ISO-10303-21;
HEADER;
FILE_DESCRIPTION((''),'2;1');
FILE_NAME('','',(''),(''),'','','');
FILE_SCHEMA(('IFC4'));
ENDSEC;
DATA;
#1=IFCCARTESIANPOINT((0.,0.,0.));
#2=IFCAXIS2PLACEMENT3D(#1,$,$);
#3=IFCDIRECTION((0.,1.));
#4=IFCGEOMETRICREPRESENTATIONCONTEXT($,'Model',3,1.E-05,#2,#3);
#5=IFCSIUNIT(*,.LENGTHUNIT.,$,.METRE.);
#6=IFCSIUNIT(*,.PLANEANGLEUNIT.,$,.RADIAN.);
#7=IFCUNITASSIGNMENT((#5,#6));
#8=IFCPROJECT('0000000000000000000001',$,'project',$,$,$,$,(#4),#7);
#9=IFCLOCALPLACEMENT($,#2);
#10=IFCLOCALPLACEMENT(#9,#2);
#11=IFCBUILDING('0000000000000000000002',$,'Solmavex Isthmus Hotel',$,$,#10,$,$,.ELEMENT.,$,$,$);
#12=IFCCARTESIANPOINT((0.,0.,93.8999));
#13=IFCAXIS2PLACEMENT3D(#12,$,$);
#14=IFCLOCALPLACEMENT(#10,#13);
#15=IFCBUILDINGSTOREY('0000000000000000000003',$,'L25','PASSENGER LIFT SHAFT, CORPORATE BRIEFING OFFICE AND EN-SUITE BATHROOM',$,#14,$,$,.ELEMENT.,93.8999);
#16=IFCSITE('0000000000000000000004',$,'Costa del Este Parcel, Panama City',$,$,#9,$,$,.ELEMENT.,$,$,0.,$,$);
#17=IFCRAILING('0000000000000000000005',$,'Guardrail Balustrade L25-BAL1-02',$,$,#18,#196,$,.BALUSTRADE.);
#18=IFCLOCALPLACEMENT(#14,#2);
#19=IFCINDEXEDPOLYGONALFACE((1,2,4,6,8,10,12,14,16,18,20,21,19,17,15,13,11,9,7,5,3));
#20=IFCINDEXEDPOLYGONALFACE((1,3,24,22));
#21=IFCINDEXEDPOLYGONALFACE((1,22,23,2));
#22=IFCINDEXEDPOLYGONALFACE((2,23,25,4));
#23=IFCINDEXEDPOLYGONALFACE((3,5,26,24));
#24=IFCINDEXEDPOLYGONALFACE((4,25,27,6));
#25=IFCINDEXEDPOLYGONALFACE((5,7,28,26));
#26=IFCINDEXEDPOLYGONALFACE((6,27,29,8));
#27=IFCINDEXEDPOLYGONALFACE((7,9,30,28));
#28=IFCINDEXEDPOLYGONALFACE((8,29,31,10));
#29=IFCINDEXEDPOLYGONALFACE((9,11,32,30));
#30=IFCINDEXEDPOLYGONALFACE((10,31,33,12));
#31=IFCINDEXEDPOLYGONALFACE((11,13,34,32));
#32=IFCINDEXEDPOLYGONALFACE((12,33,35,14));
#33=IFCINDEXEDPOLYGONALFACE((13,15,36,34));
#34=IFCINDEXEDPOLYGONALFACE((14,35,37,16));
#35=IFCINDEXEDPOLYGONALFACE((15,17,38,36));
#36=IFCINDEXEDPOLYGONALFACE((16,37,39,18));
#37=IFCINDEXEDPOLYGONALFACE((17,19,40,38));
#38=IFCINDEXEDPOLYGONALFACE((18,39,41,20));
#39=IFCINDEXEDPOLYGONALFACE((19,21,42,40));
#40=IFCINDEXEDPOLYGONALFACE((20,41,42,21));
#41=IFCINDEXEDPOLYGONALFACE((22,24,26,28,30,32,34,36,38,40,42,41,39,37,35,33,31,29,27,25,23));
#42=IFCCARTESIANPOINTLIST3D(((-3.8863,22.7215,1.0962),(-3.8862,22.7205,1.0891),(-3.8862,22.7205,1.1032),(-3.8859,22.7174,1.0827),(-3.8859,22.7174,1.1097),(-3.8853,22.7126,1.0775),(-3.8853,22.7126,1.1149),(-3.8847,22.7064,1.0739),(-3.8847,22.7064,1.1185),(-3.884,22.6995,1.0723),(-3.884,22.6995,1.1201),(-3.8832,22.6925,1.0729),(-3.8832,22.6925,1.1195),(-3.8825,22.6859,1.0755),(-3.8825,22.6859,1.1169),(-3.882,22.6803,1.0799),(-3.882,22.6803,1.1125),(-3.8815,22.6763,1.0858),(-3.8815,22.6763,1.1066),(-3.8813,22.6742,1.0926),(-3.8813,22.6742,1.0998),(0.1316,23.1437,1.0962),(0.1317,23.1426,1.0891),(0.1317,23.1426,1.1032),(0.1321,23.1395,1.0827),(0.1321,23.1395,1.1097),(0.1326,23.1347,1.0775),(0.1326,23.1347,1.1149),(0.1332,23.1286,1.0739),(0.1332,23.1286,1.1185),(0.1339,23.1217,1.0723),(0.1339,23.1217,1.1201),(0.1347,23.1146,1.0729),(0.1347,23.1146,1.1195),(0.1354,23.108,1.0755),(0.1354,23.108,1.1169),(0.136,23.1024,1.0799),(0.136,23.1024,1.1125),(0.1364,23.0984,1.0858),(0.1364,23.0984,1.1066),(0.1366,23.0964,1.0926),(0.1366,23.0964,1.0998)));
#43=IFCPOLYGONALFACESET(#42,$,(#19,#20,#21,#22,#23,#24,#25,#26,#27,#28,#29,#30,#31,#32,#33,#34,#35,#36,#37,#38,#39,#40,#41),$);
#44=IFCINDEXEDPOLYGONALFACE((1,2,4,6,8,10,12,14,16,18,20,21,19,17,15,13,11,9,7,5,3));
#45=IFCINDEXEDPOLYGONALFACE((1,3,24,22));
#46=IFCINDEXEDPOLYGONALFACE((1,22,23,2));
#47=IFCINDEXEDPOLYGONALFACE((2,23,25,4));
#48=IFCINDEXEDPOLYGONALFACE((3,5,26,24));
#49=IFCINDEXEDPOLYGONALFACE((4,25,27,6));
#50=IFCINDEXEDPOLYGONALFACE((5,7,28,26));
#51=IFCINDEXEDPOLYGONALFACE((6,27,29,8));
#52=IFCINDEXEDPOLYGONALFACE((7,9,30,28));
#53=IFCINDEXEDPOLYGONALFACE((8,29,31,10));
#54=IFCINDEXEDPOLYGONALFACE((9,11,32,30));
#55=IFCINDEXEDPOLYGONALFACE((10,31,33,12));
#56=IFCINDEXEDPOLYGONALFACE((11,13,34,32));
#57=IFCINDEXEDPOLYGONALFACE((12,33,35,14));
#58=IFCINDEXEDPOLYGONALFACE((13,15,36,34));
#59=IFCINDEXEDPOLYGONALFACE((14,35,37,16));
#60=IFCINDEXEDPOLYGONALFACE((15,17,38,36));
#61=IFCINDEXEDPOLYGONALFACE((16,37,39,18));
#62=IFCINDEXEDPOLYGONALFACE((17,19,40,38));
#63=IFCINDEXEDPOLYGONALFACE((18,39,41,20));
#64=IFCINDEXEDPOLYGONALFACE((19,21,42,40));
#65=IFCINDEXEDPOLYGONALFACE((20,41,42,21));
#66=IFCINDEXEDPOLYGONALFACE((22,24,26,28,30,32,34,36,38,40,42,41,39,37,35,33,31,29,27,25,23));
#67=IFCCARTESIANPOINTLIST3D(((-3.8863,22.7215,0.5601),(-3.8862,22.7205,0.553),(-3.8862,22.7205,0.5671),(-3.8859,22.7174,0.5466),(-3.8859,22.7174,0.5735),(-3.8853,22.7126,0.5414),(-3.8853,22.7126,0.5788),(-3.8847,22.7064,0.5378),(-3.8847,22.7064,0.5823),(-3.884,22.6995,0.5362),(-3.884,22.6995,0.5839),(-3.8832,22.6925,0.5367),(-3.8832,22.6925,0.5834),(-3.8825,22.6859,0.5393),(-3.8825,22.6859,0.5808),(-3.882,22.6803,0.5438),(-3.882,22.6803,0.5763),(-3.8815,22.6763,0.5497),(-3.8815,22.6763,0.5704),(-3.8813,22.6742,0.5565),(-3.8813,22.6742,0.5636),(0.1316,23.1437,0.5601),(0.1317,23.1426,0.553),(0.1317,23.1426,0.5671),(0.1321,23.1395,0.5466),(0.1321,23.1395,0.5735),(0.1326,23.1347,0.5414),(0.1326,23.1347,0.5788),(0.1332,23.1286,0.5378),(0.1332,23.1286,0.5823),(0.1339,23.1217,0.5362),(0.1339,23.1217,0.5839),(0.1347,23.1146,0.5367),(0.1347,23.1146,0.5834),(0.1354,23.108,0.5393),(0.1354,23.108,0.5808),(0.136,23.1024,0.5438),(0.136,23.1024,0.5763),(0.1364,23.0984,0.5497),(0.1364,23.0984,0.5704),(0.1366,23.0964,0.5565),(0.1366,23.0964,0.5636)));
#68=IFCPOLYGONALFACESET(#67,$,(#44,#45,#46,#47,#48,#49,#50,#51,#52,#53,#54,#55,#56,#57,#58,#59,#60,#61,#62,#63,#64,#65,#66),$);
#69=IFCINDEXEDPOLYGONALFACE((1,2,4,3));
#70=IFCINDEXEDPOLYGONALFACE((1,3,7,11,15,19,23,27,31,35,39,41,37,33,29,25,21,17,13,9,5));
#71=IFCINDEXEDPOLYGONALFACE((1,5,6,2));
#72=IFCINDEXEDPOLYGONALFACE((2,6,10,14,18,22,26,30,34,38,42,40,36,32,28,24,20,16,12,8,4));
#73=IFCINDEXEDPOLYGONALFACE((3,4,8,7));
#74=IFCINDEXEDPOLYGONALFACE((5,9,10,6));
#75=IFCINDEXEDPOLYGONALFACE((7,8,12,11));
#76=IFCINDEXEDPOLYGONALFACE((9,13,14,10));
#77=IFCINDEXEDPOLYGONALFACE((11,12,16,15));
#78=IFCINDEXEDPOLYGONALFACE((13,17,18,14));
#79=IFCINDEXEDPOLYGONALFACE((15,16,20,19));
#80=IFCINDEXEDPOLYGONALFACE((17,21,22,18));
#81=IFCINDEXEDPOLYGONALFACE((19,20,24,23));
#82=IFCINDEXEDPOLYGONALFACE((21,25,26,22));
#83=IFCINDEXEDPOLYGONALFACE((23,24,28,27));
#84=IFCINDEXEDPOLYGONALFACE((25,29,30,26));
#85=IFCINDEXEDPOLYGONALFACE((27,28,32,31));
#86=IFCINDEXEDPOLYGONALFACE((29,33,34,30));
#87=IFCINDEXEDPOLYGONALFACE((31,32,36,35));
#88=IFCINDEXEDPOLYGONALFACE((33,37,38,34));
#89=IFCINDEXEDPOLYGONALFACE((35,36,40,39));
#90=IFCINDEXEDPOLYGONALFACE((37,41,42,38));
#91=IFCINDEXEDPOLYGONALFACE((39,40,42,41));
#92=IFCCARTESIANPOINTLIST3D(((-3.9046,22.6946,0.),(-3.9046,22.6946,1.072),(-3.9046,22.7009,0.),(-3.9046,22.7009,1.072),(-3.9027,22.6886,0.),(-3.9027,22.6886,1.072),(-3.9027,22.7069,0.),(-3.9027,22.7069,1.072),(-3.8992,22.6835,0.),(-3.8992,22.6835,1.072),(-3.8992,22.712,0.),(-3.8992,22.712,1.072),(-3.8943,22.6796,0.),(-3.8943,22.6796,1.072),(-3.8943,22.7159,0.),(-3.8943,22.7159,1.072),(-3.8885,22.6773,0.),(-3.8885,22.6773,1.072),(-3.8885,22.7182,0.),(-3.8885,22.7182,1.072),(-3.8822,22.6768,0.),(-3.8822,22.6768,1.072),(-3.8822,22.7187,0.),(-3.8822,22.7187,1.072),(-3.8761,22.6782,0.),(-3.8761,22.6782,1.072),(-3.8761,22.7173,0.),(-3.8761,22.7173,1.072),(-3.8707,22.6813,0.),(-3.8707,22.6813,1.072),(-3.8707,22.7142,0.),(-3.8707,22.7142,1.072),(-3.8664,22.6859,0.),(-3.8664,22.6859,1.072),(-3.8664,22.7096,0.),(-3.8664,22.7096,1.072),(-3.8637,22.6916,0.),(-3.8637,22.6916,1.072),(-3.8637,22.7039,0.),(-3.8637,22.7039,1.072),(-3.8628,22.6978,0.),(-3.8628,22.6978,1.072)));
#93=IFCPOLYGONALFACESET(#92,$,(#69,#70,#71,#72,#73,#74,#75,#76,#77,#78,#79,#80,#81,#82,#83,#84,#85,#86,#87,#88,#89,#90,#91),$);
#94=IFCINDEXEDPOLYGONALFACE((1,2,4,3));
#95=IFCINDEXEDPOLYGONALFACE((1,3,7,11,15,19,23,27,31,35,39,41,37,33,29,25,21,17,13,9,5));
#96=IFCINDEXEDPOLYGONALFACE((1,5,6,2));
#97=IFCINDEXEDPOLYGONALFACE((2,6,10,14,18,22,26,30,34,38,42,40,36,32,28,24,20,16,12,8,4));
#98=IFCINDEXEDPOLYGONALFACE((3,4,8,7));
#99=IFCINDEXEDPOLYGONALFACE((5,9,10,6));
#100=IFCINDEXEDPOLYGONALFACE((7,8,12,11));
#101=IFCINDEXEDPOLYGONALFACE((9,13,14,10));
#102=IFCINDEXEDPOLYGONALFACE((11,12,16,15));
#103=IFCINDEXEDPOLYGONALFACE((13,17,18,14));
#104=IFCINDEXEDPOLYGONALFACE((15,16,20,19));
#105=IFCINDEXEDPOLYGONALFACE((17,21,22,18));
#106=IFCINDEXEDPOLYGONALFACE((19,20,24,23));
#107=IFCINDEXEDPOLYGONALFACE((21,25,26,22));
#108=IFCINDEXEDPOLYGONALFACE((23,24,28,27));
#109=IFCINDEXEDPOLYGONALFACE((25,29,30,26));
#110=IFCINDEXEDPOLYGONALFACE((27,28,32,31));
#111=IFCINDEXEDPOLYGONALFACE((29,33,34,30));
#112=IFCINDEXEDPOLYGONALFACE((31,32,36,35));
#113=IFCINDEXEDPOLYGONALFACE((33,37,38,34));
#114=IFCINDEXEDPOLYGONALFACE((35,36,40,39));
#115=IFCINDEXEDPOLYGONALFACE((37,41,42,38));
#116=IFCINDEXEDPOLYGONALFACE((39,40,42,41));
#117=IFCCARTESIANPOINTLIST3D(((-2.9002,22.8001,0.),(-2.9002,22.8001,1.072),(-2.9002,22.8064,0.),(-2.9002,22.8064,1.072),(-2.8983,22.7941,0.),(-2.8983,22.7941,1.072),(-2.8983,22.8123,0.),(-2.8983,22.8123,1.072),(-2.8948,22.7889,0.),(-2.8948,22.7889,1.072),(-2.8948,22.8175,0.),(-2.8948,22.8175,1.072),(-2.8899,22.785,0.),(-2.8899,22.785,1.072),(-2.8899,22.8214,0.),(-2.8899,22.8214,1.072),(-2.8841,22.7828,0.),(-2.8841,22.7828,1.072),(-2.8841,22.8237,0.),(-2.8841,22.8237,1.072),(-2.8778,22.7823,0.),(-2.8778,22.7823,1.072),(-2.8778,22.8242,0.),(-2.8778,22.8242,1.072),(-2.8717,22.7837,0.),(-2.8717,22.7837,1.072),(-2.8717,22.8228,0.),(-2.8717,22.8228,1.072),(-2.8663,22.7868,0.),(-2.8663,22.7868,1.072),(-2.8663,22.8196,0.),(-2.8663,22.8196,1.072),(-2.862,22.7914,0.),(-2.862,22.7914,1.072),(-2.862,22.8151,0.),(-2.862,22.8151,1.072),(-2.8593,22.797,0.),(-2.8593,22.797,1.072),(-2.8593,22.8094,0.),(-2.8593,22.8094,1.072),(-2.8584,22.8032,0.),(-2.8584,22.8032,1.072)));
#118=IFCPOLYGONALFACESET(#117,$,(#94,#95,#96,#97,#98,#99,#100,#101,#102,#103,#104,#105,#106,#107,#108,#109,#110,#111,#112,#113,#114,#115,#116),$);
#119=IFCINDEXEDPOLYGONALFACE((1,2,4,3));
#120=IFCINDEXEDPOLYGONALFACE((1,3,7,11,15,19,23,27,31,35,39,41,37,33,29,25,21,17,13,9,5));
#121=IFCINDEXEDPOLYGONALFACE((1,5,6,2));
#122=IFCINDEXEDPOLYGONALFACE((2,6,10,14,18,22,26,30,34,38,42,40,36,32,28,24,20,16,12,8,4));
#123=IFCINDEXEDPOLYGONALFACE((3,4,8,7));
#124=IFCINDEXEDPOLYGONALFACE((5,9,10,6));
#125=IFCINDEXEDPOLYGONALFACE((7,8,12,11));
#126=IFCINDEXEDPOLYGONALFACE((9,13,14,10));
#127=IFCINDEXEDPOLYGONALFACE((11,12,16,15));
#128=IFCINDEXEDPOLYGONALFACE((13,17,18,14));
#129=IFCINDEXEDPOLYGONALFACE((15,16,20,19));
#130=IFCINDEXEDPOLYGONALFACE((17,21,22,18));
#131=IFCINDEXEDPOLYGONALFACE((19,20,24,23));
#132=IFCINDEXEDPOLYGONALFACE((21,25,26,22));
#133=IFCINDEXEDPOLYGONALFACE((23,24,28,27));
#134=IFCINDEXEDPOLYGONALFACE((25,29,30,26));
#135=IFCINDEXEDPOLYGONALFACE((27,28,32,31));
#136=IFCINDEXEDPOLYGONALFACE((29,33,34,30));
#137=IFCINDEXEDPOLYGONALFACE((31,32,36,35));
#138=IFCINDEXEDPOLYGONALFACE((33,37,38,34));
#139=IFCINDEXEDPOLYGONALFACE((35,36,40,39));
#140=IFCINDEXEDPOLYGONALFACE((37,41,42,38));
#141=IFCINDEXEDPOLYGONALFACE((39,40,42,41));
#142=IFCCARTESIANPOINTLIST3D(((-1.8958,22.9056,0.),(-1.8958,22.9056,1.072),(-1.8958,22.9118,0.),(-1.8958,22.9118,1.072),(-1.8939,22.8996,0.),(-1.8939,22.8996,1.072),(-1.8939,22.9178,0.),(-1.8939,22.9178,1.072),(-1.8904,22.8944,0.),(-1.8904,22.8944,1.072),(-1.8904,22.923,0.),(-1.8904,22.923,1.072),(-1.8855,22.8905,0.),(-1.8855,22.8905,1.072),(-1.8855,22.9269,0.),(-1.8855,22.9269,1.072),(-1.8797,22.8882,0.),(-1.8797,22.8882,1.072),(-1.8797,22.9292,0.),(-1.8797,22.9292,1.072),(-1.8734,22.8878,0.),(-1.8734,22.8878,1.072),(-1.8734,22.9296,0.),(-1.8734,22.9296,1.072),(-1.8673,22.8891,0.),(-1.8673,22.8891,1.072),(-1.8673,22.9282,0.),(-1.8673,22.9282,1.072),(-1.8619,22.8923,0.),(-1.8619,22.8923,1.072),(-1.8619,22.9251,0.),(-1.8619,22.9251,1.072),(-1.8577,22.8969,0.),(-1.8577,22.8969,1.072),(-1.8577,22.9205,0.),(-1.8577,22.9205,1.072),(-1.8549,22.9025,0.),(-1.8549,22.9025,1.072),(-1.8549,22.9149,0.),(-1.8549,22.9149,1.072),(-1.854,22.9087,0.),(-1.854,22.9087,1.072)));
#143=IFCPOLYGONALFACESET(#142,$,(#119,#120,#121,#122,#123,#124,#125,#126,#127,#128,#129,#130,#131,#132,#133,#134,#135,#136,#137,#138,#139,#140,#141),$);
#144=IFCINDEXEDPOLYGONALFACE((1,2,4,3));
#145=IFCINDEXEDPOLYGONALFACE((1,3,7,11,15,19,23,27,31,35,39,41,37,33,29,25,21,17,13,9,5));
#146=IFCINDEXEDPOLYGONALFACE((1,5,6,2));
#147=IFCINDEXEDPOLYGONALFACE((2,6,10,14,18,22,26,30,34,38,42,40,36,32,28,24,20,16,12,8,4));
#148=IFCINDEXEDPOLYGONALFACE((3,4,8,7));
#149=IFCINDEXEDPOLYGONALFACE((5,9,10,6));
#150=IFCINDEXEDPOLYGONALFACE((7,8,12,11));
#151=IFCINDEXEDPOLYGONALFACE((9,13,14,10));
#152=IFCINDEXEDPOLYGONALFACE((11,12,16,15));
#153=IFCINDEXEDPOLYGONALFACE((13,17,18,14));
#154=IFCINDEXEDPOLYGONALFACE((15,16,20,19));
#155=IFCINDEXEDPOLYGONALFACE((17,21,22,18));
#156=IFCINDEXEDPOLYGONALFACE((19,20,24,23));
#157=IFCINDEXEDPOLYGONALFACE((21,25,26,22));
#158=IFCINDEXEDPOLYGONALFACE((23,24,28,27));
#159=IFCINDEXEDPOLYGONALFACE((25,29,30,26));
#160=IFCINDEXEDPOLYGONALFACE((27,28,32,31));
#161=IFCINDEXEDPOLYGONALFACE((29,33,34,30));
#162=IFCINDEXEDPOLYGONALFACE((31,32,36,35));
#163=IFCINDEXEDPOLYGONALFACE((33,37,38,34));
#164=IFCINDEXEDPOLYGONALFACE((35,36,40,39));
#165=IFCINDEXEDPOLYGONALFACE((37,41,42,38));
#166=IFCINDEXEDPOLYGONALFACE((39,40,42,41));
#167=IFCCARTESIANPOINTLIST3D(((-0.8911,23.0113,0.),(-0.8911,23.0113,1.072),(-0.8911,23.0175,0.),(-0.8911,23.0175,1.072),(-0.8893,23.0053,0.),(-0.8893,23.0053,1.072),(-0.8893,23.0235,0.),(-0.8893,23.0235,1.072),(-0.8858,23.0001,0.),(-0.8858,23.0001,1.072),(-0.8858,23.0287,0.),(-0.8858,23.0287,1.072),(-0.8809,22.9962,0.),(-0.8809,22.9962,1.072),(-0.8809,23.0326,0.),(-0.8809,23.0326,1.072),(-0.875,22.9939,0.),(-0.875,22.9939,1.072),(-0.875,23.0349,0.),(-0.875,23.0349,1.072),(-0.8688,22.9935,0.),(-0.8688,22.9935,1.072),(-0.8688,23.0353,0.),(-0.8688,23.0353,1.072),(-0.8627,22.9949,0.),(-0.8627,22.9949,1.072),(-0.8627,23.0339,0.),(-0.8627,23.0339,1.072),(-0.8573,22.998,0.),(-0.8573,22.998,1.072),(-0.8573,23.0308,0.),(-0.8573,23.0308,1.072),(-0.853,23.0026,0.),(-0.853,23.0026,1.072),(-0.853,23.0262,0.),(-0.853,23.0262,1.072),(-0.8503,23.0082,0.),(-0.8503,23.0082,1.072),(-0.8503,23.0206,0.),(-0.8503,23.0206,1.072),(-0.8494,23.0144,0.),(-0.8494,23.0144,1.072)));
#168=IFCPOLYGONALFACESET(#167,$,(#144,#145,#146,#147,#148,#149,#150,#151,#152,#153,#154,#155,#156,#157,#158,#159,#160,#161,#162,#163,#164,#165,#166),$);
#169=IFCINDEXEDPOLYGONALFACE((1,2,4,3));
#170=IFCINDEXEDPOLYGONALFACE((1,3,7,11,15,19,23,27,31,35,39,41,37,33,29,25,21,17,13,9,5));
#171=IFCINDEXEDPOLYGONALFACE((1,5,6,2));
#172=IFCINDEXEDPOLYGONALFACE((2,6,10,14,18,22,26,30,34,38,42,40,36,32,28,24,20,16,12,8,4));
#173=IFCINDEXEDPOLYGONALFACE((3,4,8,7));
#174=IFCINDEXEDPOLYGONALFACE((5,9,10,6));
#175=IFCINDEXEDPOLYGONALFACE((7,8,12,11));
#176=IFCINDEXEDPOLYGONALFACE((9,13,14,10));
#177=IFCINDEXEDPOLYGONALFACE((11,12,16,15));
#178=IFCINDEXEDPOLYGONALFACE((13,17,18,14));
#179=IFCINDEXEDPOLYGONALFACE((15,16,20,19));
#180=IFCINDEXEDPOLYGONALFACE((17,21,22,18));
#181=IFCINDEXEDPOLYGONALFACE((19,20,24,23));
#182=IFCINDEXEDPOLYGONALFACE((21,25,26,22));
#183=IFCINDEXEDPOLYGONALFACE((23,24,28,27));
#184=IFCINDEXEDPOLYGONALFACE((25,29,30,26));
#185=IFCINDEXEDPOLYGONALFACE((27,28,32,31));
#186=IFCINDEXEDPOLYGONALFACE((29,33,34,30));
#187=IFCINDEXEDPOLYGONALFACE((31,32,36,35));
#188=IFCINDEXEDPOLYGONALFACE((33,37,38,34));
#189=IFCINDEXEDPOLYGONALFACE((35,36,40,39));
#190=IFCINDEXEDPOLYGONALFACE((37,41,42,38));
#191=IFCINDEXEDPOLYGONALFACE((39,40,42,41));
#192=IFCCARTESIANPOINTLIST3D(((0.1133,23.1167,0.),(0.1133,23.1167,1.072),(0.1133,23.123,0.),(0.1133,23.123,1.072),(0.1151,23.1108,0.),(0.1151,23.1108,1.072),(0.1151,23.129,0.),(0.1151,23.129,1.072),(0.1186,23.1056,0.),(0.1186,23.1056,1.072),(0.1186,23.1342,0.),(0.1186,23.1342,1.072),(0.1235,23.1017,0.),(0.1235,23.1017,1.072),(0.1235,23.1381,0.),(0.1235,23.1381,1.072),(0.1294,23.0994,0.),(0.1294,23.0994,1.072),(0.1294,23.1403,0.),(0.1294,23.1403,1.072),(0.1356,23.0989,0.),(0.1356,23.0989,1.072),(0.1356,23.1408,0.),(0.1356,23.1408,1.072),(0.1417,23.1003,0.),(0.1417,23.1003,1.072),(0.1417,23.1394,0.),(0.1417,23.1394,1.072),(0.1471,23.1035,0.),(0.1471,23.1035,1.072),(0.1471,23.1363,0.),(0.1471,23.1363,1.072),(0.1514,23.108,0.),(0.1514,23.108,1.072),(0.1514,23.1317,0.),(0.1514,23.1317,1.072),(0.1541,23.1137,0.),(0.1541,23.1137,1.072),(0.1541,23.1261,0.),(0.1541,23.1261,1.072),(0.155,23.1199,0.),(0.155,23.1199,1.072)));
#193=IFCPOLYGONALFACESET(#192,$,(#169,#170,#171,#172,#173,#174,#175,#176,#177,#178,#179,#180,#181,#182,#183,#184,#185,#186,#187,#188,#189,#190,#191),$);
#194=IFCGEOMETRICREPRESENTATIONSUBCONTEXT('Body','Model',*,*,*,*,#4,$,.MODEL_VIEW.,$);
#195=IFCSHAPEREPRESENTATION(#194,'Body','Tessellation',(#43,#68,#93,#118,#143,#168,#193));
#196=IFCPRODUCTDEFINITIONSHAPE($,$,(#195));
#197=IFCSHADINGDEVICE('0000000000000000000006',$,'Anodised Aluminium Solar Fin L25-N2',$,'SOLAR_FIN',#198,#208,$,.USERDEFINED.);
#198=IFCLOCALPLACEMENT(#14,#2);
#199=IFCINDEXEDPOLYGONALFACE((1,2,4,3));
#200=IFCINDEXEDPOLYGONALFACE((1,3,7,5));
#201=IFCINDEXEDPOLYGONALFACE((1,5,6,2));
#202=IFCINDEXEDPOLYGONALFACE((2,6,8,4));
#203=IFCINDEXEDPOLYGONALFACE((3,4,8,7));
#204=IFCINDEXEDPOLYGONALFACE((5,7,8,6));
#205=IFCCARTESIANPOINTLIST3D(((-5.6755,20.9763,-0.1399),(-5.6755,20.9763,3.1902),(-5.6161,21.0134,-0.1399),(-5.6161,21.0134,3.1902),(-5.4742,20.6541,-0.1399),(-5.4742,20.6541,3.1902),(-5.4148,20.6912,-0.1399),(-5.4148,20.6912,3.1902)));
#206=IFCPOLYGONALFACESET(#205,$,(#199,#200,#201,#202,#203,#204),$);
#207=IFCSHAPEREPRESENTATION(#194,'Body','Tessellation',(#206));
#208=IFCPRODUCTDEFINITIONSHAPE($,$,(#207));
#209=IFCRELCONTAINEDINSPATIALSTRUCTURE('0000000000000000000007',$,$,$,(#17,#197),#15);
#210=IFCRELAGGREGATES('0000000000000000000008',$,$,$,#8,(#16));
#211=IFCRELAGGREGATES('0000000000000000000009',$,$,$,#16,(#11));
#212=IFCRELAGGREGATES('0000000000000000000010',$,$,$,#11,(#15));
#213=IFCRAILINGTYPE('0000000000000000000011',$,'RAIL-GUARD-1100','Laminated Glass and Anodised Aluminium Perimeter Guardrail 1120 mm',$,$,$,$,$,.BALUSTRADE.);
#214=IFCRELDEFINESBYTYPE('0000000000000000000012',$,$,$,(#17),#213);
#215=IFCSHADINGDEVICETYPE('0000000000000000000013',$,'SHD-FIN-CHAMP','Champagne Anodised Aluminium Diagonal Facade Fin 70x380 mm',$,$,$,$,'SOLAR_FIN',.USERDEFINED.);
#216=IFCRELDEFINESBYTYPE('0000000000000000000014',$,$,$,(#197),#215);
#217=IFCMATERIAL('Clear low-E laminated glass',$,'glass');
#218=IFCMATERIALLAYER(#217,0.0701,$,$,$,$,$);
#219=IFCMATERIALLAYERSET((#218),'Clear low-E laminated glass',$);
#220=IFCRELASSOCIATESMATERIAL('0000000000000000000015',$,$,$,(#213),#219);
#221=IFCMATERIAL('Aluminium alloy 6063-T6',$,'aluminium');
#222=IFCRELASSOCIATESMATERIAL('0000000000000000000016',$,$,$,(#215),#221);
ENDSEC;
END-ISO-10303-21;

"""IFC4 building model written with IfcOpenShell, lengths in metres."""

from ifc_helpers import new_model, si_unit, direction, frame, origin, origin_2d, place, context, subcontext, project, spatial, rectangle, circle, extrude, material, layer, layer_set, type_object, element, save


model = new_model("IFC4")

# Units and contexts
model_context = context("Model", 3, precision=1e-05, world=origin(), true_north=direction((0.0, 1.0)))
body_context = subcontext(model_context, "Body", "Model", "MODEL_VIEW")
ifc_project = project(units=[si_unit("LENGTHUNIT", "METRE"), si_unit("PLANEANGLEUNIT", "RADIAN")], contexts=[model_context])

# Site, building, storey
site_placement = place(None, origin())
site = spatial("IfcSite", under=ifc_project, at=site_placement, Name="Costa del Este Parcel, Panama City", CompositionType="ELEMENT", RefElevation=0.0)
building_placement = place(site_placement, origin())
building = spatial("IfcBuilding", under=site, at=building_placement, Name="Solmavex Isthmus Hotel", CompositionType="ELEMENT")
storey_placement = place(building_placement, frame((0.0, 0.0, 93.8999)))
storey = spatial("IfcBuildingStorey", under=building, at=storey_placement, Name="L25", Description="PASSENGER LIFT SHAFT, CORPORATE BRIEFING OFFICE AND EN-SUITE BATHROOM", CompositionType="ELEMENT", Elevation=93.8999)

# Shared definitions
ifc_material_1 = material(Name="Aluminium alloy 6063-T6", Category="aluminium")

# Shared definitions
ifc_material_2 = material(Name="Clear low-E laminated glass", Category="glass")

# Railing
ifc_layer_1 = layer(ifc_material_2, 0.0701)
ifc_layer_set_1 = layer_set([ifc_layer_1], Name="Clear low-E laminated glass")
railing_type = type_object("IfcRailingType", Name="RAIL-GUARD-1100", Description="Laminated Glass and Anodised Aluminium Perimeter Guardrail 1120 mm", PredefinedType="BALUSTRADE", material=ifc_layer_set_1)
railing_1_placement = place(storey_placement, frame((-3.8838, 22.6978, 0.0)))
element("IfcRailing", 1, at=railing_1_placement, inside=storey, type_object=railing_type, Name="Guardrail Balustrade L25-BAL1-02", PredefinedType="BALUSTRADE", context=body_context, shape_type="SweptSolid", body=[
    extrude(circle(Radius=0.0239, at=origin_2d()), frame((0.0, 0.0, 1.0962), z_axis=(0.994526, 0.104487, 0.0), x_axis=(-0.104487, 0.994526, 0.0)), (0.0, 0.0, 1.0), 4.04),
    extrude(circle(Radius=0.0239, at=origin_2d()), frame((0.0, 0.0, 0.5601), z_axis=(0.994526, 0.104487, 0.0), x_axis=(-0.104487, 0.994526, 0.0)), (0.0, 0.0, 1.0), 4.04),
    extrude(circle(Radius=0.021, at=origin_2d()), origin(), (0.0, 0.0, 1.0), 1.072),
    extrude(circle(Radius=0.021, at=origin_2d()), frame((1.0044, 0.1055, 0.0)), (0.0, 0.0, 1.0), 1.072),
    extrude(circle(Radius=0.021, at=origin_2d()), frame((2.0088, 0.2109, 0.0)), (0.0, 0.0, 1.0), 1.072),
    extrude(circle(Radius=0.021, at=origin_2d()), frame((3.0134, 0.3167, 0.0)), (0.0, 0.0, 1.0), 1.072),
    extrude(circle(Radius=0.021, at=origin_2d()), frame((4.0178, 0.4221, 0.0)), (0.0, 0.0, 1.0), 1.072),
])

# Shading device
shading_device_type = type_object("IfcShadingDeviceType", Name="SHD-FIN-CHAMP", Description="Champagne Anodised Aluminium Diagonal Facade Fin 70x380 mm", ElementType="SOLAR_FIN", PredefinedType="USERDEFINED", material=ifc_material_1)
shading_device_placement = place(storey_placement, frame((-5.5452, 20.8337, -0.1399), z_axis=(0.0, 0.0, 1.0), x_axis=(-0.529919, 0.848048, 0.0)))
element("IfcShadingDevice", 2, at=shading_device_placement, inside=storey, type_object=shading_device_type, Name="Anodised Aluminium Solar Fin L25-N2", ObjectType="SOLAR_FIN", PredefinedType="USERDEFINED", context=body_context, shape_type="SweptSolid", body=[
    extrude(rectangle(XDim=0.3799, YDim=0.0701, at=origin_2d()), origin(), (0.0, 0.0, 1.0), 3.3301),
])

save(model, "model.ifc")
